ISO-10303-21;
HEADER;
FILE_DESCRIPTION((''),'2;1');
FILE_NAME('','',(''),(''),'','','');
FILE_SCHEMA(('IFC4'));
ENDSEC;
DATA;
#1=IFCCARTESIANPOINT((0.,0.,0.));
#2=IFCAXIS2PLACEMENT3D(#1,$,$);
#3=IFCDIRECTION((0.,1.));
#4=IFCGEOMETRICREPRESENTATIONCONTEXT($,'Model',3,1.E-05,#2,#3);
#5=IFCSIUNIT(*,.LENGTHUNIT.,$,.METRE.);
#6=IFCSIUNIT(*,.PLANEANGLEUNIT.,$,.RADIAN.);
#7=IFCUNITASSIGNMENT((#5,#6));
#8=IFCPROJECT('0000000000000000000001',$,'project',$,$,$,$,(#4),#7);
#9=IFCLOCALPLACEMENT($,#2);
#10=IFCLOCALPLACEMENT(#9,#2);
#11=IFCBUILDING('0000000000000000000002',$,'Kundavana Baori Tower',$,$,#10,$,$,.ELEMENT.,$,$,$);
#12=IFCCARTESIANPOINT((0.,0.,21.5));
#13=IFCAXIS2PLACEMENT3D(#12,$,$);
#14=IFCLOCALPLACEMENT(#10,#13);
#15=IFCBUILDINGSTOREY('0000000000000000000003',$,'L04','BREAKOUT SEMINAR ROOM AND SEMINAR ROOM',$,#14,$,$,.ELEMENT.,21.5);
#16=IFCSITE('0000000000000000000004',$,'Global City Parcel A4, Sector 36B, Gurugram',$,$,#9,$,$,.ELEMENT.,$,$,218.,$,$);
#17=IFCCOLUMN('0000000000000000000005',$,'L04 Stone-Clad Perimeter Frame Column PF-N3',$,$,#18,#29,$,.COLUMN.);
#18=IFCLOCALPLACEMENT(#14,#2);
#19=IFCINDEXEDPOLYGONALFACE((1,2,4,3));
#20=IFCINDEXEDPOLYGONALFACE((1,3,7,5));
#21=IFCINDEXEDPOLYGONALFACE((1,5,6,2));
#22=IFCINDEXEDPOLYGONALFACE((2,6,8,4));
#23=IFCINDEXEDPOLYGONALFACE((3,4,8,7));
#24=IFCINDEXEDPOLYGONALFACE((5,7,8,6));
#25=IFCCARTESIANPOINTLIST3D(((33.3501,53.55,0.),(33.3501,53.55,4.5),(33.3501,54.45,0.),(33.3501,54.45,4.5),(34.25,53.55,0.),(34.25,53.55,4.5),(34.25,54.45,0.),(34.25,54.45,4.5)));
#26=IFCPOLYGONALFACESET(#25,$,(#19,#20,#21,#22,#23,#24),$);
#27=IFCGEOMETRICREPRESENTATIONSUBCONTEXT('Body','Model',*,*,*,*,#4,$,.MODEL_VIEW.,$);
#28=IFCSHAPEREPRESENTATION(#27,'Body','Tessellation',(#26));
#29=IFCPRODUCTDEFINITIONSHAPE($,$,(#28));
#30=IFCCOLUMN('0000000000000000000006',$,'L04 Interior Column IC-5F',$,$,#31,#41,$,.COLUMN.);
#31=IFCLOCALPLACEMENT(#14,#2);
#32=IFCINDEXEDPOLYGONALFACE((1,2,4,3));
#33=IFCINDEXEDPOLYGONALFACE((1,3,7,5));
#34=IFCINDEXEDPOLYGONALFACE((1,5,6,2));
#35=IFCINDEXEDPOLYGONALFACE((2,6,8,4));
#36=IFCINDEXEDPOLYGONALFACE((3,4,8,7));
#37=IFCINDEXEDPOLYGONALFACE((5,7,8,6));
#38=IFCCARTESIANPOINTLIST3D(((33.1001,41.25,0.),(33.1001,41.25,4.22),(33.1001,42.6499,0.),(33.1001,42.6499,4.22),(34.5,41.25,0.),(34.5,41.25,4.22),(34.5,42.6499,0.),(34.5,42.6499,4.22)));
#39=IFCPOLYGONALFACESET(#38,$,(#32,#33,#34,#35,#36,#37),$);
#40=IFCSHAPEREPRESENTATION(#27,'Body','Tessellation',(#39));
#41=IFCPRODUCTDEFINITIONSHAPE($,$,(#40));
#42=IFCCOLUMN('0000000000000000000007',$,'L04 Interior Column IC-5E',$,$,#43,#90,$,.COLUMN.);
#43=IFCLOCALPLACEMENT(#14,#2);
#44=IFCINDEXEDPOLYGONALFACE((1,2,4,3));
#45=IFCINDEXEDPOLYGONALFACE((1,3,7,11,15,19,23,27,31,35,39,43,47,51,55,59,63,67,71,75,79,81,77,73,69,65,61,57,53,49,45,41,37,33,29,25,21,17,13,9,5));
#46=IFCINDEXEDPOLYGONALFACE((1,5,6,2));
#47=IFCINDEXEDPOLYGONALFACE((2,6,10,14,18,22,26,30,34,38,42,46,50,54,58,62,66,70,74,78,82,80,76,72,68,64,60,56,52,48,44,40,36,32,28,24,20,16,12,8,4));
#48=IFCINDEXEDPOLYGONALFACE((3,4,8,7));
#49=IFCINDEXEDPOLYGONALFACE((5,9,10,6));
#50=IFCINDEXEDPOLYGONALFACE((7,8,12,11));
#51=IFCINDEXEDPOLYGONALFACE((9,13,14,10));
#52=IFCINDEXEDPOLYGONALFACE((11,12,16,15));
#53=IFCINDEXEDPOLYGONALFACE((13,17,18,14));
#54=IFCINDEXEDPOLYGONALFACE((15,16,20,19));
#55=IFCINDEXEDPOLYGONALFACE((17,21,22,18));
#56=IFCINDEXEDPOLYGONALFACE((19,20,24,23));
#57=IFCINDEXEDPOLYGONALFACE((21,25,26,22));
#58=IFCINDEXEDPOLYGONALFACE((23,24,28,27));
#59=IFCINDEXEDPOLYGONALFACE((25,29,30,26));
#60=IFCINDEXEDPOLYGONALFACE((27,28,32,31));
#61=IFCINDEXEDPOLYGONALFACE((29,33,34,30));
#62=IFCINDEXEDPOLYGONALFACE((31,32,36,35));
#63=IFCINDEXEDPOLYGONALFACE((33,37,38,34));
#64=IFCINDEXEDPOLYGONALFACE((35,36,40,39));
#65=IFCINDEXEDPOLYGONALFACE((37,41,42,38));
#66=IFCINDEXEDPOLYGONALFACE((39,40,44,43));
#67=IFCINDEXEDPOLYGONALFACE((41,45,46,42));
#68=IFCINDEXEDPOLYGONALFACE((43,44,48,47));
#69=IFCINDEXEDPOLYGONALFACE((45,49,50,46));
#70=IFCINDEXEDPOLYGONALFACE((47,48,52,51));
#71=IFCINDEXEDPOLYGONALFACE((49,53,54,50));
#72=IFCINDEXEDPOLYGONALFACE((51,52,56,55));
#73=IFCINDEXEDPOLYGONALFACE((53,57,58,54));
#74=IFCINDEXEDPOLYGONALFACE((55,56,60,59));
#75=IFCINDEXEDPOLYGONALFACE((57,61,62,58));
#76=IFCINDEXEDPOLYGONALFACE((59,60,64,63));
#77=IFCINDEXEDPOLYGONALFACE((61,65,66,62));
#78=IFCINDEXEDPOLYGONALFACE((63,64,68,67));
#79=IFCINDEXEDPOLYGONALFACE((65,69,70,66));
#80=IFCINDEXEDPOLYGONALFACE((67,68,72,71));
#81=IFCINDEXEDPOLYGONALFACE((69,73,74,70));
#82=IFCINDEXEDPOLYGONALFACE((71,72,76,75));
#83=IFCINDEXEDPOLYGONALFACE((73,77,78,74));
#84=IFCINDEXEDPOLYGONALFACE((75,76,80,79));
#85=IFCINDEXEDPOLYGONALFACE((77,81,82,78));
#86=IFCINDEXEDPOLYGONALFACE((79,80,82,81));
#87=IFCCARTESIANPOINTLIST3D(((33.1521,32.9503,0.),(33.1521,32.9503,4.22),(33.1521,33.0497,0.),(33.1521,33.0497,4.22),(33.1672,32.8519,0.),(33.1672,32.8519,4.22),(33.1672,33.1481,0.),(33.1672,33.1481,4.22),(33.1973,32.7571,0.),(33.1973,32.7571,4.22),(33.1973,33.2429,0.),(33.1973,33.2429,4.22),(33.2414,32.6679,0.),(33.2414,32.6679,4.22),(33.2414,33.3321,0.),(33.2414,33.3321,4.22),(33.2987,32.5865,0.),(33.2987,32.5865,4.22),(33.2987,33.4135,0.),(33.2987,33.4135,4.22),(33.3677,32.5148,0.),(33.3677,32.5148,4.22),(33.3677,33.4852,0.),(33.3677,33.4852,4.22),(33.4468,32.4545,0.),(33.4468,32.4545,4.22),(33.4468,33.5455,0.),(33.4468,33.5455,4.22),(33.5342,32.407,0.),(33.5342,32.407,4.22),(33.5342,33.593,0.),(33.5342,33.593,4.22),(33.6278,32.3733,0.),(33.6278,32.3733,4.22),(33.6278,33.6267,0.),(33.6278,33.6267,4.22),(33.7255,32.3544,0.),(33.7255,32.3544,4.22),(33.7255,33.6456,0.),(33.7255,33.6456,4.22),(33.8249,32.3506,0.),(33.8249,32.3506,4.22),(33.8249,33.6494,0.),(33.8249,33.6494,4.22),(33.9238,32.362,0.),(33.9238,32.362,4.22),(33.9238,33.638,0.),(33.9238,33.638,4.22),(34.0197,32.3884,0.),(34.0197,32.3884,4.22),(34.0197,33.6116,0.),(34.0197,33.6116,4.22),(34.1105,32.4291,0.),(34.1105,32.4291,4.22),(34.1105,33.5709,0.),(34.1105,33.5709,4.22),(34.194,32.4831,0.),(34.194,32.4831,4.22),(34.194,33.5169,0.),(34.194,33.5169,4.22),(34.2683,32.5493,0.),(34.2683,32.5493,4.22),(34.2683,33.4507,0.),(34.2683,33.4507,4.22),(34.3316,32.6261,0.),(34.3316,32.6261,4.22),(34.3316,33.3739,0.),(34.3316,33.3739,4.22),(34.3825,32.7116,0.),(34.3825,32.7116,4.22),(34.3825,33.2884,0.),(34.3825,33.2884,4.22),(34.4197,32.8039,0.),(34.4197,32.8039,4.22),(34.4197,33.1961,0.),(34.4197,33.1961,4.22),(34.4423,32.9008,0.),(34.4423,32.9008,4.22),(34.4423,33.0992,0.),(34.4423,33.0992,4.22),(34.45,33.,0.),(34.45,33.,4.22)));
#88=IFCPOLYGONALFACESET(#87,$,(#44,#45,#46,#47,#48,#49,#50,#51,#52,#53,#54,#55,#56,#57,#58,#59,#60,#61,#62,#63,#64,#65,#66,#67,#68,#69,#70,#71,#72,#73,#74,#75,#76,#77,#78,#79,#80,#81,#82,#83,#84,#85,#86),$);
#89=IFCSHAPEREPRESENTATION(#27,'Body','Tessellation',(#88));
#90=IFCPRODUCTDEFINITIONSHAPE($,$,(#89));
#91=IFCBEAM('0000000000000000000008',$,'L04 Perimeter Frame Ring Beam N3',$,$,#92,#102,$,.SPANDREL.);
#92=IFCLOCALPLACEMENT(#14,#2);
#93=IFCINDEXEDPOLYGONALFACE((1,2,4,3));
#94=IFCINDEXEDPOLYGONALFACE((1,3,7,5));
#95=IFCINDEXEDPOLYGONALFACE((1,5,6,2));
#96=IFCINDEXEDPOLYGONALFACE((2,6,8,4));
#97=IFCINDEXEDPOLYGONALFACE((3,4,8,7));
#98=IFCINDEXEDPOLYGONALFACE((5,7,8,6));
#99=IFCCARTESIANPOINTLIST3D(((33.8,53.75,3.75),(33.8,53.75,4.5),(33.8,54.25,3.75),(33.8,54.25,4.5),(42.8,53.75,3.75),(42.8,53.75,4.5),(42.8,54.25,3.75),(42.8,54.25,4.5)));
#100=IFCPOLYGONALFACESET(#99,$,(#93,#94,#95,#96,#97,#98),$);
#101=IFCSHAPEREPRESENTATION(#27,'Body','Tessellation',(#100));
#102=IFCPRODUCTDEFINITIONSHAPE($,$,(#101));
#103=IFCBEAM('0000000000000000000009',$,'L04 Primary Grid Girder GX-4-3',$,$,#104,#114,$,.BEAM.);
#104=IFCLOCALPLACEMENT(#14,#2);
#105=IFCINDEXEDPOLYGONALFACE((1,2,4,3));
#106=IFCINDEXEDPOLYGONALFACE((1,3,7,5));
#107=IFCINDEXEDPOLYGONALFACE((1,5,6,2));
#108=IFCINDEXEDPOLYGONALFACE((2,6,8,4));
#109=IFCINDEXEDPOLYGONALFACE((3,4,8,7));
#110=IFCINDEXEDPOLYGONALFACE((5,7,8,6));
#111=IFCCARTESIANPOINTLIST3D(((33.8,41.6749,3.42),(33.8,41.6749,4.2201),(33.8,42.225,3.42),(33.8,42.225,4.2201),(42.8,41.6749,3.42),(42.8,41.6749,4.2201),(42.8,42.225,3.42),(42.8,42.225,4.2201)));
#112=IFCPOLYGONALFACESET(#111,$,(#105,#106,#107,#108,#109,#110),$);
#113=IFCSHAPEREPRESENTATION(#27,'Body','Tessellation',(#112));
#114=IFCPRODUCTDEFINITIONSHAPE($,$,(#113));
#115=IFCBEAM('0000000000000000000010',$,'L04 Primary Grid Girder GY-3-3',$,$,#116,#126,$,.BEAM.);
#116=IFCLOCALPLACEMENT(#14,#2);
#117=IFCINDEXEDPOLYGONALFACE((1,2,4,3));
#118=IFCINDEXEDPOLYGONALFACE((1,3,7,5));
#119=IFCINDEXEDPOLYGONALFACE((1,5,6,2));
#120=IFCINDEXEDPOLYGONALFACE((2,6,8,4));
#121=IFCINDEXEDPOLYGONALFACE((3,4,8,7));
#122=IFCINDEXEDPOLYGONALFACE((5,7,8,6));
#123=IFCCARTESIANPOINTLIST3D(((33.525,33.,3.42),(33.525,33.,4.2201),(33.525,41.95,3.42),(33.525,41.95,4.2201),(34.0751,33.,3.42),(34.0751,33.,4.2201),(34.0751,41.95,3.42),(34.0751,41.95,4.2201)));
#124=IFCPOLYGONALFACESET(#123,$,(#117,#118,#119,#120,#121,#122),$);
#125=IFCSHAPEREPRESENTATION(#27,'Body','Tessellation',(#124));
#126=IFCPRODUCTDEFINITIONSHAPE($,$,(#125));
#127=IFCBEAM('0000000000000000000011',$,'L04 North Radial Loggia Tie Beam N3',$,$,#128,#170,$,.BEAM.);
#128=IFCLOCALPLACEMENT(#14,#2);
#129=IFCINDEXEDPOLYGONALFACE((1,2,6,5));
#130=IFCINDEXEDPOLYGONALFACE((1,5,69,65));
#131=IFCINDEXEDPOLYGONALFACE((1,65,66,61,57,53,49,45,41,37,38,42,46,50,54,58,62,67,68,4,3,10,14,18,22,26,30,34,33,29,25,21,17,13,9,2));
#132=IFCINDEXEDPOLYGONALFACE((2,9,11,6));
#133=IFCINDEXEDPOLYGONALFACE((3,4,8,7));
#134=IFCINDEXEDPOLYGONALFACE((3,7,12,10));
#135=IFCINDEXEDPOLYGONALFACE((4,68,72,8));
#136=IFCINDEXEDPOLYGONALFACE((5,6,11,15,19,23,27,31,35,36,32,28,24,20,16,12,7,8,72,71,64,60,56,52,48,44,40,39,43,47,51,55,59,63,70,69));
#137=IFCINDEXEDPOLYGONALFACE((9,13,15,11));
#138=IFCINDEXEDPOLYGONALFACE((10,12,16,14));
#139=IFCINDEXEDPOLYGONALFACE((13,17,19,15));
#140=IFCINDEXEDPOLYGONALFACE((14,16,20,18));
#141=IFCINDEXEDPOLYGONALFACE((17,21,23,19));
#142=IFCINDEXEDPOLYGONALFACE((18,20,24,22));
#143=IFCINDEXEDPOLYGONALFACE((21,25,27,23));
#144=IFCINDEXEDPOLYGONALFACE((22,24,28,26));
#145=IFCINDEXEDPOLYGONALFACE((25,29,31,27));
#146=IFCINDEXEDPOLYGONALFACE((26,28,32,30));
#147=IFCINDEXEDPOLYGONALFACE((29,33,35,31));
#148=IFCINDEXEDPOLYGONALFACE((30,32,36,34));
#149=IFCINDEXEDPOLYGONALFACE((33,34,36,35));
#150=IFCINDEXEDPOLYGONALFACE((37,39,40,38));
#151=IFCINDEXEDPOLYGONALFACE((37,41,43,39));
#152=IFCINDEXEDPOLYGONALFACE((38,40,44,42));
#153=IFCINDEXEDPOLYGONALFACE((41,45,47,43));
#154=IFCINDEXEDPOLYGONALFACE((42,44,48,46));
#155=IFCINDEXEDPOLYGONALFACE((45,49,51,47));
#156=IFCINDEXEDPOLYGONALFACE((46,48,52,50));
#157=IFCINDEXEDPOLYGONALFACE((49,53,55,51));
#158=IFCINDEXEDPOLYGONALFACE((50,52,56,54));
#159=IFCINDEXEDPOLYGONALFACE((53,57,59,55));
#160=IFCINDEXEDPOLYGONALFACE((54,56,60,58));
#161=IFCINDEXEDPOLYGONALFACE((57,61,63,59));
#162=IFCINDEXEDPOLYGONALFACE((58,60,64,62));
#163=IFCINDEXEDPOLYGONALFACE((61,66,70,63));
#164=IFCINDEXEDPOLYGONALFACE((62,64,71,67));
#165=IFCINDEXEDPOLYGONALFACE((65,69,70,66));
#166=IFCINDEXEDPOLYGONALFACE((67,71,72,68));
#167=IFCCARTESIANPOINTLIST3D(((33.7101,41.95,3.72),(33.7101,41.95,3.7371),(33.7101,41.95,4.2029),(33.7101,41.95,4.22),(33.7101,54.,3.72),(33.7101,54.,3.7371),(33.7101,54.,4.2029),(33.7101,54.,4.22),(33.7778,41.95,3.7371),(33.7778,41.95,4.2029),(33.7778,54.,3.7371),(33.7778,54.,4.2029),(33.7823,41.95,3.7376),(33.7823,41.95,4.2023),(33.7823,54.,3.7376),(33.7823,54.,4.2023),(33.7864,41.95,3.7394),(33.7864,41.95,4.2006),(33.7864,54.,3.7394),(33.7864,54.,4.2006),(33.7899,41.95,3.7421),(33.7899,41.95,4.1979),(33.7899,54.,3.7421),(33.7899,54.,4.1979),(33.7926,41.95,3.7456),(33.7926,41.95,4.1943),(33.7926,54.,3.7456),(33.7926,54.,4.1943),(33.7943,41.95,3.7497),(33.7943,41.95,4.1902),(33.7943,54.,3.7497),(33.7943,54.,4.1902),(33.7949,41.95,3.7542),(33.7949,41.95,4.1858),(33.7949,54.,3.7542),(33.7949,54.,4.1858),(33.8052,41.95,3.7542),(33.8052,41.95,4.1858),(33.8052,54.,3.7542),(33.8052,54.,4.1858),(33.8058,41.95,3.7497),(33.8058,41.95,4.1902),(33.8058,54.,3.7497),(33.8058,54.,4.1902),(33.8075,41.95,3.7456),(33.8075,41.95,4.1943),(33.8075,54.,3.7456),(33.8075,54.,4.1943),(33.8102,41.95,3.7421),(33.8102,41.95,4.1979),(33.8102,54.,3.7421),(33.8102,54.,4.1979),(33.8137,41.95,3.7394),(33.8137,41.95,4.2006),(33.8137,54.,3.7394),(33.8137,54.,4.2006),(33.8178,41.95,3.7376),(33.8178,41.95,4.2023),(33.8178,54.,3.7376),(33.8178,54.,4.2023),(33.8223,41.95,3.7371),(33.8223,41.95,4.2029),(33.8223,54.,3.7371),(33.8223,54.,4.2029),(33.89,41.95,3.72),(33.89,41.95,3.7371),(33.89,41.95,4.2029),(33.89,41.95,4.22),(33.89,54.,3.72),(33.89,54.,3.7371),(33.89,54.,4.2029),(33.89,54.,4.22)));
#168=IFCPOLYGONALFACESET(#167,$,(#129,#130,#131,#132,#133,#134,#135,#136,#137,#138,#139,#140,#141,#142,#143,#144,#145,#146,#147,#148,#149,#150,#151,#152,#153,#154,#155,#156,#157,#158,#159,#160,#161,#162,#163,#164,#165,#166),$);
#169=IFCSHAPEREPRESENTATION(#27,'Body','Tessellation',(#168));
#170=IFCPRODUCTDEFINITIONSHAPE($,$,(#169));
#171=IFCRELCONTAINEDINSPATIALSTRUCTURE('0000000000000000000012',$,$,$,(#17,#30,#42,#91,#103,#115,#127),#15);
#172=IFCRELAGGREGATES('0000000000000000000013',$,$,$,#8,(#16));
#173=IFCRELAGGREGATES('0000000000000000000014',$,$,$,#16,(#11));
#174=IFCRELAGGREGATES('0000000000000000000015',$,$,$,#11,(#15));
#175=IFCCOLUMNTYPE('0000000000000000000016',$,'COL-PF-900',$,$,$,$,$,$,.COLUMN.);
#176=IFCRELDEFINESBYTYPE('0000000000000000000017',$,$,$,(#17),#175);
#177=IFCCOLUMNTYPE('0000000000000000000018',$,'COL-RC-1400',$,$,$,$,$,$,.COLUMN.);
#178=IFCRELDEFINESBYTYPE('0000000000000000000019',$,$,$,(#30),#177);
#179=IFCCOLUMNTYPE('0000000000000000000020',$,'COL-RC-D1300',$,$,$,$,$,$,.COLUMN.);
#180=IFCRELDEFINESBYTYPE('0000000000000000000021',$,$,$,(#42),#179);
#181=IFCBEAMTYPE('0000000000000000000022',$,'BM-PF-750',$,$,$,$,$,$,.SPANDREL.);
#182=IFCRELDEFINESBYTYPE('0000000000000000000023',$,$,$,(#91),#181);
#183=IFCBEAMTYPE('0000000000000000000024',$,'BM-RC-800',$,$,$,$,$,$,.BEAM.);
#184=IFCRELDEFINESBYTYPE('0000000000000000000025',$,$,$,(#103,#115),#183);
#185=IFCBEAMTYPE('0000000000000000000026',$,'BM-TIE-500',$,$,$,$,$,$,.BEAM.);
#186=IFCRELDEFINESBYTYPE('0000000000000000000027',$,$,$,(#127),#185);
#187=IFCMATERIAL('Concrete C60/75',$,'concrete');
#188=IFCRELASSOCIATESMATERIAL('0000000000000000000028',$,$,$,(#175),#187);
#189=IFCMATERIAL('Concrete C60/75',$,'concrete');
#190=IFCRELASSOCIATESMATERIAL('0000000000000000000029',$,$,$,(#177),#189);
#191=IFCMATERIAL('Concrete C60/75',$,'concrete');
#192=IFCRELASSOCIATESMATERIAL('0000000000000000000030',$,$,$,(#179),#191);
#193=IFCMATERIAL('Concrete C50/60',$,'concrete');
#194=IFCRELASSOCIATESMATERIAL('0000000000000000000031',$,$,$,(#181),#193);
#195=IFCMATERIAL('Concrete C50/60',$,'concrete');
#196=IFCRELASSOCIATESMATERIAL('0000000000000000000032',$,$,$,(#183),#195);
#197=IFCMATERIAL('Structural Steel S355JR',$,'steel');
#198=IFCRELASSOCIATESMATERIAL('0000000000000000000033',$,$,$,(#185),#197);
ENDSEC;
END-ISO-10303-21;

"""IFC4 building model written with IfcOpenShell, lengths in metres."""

from ifc_helpers import new_model, si_unit, direction, frame, origin, origin_2d, place, context, subcontext, project, spatial, rectangle, circle, i_section, extrude, material, material_profile, profile_set, type_object, element, save


model = new_model("IFC4")

# Units and contexts
model_context = context("Model", 3, precision=1e-05, world=origin(), true_north=direction((0.0, 1.0)))
body_context = subcontext(model_context, "Body", "Model", "MODEL_VIEW")
ifc_project = project(units=[si_unit("LENGTHUNIT", "METRE"), si_unit("PLANEANGLEUNIT", "RADIAN")], contexts=[model_context])

# Site, building, storey
site_placement = place(None, origin())
site = spatial("IfcSite", under=ifc_project, at=site_placement, Name="Global City Parcel A4, Sector 36B, Gurugram", CompositionType="ELEMENT", RefElevation=218.0)
building_placement = place(site_placement, origin())
building = spatial("IfcBuilding", under=site, at=building_placement, Name="Kundavana Baori Tower", CompositionType="ELEMENT")
storey_placement = place(building_placement, frame((0.0, 0.0, 21.5)))
storey = spatial("IfcBuildingStorey", under=building, at=storey_placement, Name="L04", Description="BREAKOUT SEMINAR ROOM AND SEMINAR ROOM", CompositionType="ELEMENT", Elevation=21.5)

# Columns
ifc_material_1 = material(Name="Concrete C60/75", Category="concrete")
ifc_material_profile_1 = material_profile(ifc_material_1, rectangle(XDim=0.8999, YDim=0.8999, at=origin_2d()), Name="RC PF 900x900")
ifc_profile_set_1 = profile_set([ifc_material_profile_1], Name="Concrete C60/75")
column_type_1 = type_object("IfcColumnType", Name="COL-PF-900", PredefinedType="COLUMN", material=ifc_profile_set_1)
column_1_placement = place(storey_placement, frame((33.8, 54.0, 0.0), z_axis=(0.0, 0.0, 1.0), x_axis=(1.0, 0.0, 0.0)))
element("IfcColumn", 1, at=column_1_placement, inside=storey, type_object=column_type_1, Name="L04 Stone-Clad Perimeter Frame Column PF-N3", PredefinedType="COLUMN", context=body_context, shape_type="SweptSolid", body=[
    extrude(rectangle(XDim=0.8999, YDim=0.8999, at=origin_2d()), origin(), (0.0, 0.0, 1.0), 4.5),
])
ifc_material_2 = material(Name="Concrete C60/75", Category="concrete")
ifc_material_profile_2 = material_profile(ifc_material_2, rectangle(XDim=1.3999, YDim=1.3999, at=origin_2d()), Name="RC 1400x1400")
ifc_profile_set_2 = profile_set([ifc_material_profile_2], Name="Concrete C60/75")
column_type_2 = type_object("IfcColumnType", Name="COL-RC-1400", PredefinedType="COLUMN", material=ifc_profile_set_2)
column_2_placement = place(storey_placement, frame((33.8, 41.95, 0.0), z_axis=(0.0, 0.0, 1.0), x_axis=(1.0, 0.0, 0.0)))
element("IfcColumn", 2, at=column_2_placement, inside=storey, type_object=column_type_2, Name="L04 Interior Column IC-5F", PredefinedType="COLUMN", context=body_context, shape_type="SweptSolid", body=[
    extrude(rectangle(XDim=1.3999, YDim=1.3999, at=origin_2d()), origin(), (0.0, 0.0, 1.0), 4.22),
])
ifc_material_3 = material(Name="Concrete C60/75", Category="concrete")
ifc_material_profile_3 = material_profile(ifc_material_3, circle(Radius=0.6499, at=origin_2d()), Name="RC D1300")
ifc_profile_set_3 = profile_set([ifc_material_profile_3], Name="Concrete C60/75")
column_type_3 = type_object("IfcColumnType", Name="COL-RC-D1300", PredefinedType="COLUMN", material=ifc_profile_set_3)
column_3_placement = place(storey_placement, frame((33.8, 33.0, 0.0), z_axis=(0.0, 0.0, 1.0), x_axis=(1.0, 0.0, 0.0)))
element("IfcColumn", 3, at=column_3_placement, inside=storey, type_object=column_type_3, Name="L04 Interior Column IC-5E", PredefinedType="COLUMN", context=body_context, shape_type="SweptSolid", body=[
    extrude(circle(Radius=0.6499, at=origin_2d()), origin(), (0.0, 0.0, 1.0), 4.22),
])

# Beams
ifc_material_4 = material(Name="Concrete C50/60", Category="concrete")
ifc_material_profile_4 = material_profile(ifc_material_4, rectangle(XDim=0.5, YDim=0.75, at=origin_2d()), Name="RC BM 500x750")
ifc_profile_set_4 = profile_set([ifc_material_profile_4], Name="Concrete C50/60")
beam_type_1 = type_object("IfcBeamType", Name="BM-PF-750", PredefinedType="SPANDREL", material=ifc_profile_set_4)
beam_1_placement = place(storey_placement, frame((33.8, 54.0, 4.125), z_axis=(1.0, 0.0, 0.0), x_axis=(0.0, 1.0, 0.0)))
element("IfcBeam", 4, at=beam_1_placement, inside=storey, type_object=beam_type_1, Name="L04 Perimeter Frame Ring Beam N3", PredefinedType="SPANDREL", context=body_context, shape_type="SweptSolid", body=[
    extrude(rectangle(XDim=0.5, YDim=0.75, at=origin_2d()), origin(), (0.0, 0.0, 1.0), 9.0),
])
ifc_material_5 = material(Name="Concrete C50/60", Category="concrete")
ifc_material_profile_5 = material_profile(ifc_material_5, rectangle(XDim=0.55, YDim=0.8, at=origin_2d()), Name="RC BM 550x800")
ifc_profile_set_5 = profile_set([ifc_material_profile_5], Name="Concrete C50/60")
beam_type_2 = type_object("IfcBeamType", Name="BM-RC-800", PredefinedType="BEAM", material=ifc_profile_set_5)
beam_2_placement = place(storey_placement, frame((33.8, 41.95, 3.8201), z_axis=(1.0, 0.0, 0.0), x_axis=(0.0, 1.0, 0.0)))
element("IfcBeam", 5, at=beam_2_placement, inside=storey, type_object=beam_type_2, Name="L04 Primary Grid Girder GX-4-3", PredefinedType="BEAM", context=body_context, shape_type="SweptSolid", body=[
    extrude(rectangle(XDim=0.55, YDim=0.8, at=origin_2d()), origin(), (0.0, 0.0, 1.0), 9.0),
])
beam_3_placement = place(storey_placement, frame((33.8, 33.0, 3.8201), z_axis=(0.0, 1.0, 0.0), x_axis=(-1.0, 0.0, 0.0)))
element("IfcBeam", 6, at=beam_3_placement, inside=storey, type_object=beam_type_2, Name="L04 Primary Grid Girder GY-3-3", PredefinedType="BEAM", context=body_context, shape_type="SweptSolid", body=[
    extrude(rectangle(XDim=0.55, YDim=0.8, at=origin_2d()), origin(), (0.0, 0.0, 1.0), 8.95),
])
ifc_material_6 = material(Name="Structural Steel S355JR", Category="steel")
ifc_material_profile_6 = material_profile(ifc_material_6, i_section(OverallWidth=0.1799, OverallDepth=0.5, WebThickness=0.0103, FlangeThickness=0.0171, FilletRadius=0.0171, at=origin_2d()), Name="ISMB 500")
ifc_profile_set_6 = profile_set([ifc_material_profile_6], Name="Structural Steel S355JR")
beam_type_3 = type_object("IfcBeamType", Name="BM-TIE-500", PredefinedType="BEAM", material=ifc_profile_set_6)
beam_4_placement = place(storey_placement, frame((33.8, 41.95, 3.97), z_axis=(0.0, 1.0, 0.0), x_axis=(-1.0, 0.0, 0.0)))
element("IfcBeam", 7, at=beam_4_placement, inside=storey, type_object=beam_type_3, Name="L04 North Radial Loggia Tie Beam N3", PredefinedType="BEAM", context=body_context, shape_type="SweptSolid", body=[
    extrude(i_section(OverallWidth=0.1799, OverallDepth=0.5, WebThickness=0.0103, FlangeThickness=0.0171, FilletRadius=0.0171, at=origin_2d()), origin(), (0.0, 0.0, 1.0), 12.05),
])

save(model, "model.ifc")
